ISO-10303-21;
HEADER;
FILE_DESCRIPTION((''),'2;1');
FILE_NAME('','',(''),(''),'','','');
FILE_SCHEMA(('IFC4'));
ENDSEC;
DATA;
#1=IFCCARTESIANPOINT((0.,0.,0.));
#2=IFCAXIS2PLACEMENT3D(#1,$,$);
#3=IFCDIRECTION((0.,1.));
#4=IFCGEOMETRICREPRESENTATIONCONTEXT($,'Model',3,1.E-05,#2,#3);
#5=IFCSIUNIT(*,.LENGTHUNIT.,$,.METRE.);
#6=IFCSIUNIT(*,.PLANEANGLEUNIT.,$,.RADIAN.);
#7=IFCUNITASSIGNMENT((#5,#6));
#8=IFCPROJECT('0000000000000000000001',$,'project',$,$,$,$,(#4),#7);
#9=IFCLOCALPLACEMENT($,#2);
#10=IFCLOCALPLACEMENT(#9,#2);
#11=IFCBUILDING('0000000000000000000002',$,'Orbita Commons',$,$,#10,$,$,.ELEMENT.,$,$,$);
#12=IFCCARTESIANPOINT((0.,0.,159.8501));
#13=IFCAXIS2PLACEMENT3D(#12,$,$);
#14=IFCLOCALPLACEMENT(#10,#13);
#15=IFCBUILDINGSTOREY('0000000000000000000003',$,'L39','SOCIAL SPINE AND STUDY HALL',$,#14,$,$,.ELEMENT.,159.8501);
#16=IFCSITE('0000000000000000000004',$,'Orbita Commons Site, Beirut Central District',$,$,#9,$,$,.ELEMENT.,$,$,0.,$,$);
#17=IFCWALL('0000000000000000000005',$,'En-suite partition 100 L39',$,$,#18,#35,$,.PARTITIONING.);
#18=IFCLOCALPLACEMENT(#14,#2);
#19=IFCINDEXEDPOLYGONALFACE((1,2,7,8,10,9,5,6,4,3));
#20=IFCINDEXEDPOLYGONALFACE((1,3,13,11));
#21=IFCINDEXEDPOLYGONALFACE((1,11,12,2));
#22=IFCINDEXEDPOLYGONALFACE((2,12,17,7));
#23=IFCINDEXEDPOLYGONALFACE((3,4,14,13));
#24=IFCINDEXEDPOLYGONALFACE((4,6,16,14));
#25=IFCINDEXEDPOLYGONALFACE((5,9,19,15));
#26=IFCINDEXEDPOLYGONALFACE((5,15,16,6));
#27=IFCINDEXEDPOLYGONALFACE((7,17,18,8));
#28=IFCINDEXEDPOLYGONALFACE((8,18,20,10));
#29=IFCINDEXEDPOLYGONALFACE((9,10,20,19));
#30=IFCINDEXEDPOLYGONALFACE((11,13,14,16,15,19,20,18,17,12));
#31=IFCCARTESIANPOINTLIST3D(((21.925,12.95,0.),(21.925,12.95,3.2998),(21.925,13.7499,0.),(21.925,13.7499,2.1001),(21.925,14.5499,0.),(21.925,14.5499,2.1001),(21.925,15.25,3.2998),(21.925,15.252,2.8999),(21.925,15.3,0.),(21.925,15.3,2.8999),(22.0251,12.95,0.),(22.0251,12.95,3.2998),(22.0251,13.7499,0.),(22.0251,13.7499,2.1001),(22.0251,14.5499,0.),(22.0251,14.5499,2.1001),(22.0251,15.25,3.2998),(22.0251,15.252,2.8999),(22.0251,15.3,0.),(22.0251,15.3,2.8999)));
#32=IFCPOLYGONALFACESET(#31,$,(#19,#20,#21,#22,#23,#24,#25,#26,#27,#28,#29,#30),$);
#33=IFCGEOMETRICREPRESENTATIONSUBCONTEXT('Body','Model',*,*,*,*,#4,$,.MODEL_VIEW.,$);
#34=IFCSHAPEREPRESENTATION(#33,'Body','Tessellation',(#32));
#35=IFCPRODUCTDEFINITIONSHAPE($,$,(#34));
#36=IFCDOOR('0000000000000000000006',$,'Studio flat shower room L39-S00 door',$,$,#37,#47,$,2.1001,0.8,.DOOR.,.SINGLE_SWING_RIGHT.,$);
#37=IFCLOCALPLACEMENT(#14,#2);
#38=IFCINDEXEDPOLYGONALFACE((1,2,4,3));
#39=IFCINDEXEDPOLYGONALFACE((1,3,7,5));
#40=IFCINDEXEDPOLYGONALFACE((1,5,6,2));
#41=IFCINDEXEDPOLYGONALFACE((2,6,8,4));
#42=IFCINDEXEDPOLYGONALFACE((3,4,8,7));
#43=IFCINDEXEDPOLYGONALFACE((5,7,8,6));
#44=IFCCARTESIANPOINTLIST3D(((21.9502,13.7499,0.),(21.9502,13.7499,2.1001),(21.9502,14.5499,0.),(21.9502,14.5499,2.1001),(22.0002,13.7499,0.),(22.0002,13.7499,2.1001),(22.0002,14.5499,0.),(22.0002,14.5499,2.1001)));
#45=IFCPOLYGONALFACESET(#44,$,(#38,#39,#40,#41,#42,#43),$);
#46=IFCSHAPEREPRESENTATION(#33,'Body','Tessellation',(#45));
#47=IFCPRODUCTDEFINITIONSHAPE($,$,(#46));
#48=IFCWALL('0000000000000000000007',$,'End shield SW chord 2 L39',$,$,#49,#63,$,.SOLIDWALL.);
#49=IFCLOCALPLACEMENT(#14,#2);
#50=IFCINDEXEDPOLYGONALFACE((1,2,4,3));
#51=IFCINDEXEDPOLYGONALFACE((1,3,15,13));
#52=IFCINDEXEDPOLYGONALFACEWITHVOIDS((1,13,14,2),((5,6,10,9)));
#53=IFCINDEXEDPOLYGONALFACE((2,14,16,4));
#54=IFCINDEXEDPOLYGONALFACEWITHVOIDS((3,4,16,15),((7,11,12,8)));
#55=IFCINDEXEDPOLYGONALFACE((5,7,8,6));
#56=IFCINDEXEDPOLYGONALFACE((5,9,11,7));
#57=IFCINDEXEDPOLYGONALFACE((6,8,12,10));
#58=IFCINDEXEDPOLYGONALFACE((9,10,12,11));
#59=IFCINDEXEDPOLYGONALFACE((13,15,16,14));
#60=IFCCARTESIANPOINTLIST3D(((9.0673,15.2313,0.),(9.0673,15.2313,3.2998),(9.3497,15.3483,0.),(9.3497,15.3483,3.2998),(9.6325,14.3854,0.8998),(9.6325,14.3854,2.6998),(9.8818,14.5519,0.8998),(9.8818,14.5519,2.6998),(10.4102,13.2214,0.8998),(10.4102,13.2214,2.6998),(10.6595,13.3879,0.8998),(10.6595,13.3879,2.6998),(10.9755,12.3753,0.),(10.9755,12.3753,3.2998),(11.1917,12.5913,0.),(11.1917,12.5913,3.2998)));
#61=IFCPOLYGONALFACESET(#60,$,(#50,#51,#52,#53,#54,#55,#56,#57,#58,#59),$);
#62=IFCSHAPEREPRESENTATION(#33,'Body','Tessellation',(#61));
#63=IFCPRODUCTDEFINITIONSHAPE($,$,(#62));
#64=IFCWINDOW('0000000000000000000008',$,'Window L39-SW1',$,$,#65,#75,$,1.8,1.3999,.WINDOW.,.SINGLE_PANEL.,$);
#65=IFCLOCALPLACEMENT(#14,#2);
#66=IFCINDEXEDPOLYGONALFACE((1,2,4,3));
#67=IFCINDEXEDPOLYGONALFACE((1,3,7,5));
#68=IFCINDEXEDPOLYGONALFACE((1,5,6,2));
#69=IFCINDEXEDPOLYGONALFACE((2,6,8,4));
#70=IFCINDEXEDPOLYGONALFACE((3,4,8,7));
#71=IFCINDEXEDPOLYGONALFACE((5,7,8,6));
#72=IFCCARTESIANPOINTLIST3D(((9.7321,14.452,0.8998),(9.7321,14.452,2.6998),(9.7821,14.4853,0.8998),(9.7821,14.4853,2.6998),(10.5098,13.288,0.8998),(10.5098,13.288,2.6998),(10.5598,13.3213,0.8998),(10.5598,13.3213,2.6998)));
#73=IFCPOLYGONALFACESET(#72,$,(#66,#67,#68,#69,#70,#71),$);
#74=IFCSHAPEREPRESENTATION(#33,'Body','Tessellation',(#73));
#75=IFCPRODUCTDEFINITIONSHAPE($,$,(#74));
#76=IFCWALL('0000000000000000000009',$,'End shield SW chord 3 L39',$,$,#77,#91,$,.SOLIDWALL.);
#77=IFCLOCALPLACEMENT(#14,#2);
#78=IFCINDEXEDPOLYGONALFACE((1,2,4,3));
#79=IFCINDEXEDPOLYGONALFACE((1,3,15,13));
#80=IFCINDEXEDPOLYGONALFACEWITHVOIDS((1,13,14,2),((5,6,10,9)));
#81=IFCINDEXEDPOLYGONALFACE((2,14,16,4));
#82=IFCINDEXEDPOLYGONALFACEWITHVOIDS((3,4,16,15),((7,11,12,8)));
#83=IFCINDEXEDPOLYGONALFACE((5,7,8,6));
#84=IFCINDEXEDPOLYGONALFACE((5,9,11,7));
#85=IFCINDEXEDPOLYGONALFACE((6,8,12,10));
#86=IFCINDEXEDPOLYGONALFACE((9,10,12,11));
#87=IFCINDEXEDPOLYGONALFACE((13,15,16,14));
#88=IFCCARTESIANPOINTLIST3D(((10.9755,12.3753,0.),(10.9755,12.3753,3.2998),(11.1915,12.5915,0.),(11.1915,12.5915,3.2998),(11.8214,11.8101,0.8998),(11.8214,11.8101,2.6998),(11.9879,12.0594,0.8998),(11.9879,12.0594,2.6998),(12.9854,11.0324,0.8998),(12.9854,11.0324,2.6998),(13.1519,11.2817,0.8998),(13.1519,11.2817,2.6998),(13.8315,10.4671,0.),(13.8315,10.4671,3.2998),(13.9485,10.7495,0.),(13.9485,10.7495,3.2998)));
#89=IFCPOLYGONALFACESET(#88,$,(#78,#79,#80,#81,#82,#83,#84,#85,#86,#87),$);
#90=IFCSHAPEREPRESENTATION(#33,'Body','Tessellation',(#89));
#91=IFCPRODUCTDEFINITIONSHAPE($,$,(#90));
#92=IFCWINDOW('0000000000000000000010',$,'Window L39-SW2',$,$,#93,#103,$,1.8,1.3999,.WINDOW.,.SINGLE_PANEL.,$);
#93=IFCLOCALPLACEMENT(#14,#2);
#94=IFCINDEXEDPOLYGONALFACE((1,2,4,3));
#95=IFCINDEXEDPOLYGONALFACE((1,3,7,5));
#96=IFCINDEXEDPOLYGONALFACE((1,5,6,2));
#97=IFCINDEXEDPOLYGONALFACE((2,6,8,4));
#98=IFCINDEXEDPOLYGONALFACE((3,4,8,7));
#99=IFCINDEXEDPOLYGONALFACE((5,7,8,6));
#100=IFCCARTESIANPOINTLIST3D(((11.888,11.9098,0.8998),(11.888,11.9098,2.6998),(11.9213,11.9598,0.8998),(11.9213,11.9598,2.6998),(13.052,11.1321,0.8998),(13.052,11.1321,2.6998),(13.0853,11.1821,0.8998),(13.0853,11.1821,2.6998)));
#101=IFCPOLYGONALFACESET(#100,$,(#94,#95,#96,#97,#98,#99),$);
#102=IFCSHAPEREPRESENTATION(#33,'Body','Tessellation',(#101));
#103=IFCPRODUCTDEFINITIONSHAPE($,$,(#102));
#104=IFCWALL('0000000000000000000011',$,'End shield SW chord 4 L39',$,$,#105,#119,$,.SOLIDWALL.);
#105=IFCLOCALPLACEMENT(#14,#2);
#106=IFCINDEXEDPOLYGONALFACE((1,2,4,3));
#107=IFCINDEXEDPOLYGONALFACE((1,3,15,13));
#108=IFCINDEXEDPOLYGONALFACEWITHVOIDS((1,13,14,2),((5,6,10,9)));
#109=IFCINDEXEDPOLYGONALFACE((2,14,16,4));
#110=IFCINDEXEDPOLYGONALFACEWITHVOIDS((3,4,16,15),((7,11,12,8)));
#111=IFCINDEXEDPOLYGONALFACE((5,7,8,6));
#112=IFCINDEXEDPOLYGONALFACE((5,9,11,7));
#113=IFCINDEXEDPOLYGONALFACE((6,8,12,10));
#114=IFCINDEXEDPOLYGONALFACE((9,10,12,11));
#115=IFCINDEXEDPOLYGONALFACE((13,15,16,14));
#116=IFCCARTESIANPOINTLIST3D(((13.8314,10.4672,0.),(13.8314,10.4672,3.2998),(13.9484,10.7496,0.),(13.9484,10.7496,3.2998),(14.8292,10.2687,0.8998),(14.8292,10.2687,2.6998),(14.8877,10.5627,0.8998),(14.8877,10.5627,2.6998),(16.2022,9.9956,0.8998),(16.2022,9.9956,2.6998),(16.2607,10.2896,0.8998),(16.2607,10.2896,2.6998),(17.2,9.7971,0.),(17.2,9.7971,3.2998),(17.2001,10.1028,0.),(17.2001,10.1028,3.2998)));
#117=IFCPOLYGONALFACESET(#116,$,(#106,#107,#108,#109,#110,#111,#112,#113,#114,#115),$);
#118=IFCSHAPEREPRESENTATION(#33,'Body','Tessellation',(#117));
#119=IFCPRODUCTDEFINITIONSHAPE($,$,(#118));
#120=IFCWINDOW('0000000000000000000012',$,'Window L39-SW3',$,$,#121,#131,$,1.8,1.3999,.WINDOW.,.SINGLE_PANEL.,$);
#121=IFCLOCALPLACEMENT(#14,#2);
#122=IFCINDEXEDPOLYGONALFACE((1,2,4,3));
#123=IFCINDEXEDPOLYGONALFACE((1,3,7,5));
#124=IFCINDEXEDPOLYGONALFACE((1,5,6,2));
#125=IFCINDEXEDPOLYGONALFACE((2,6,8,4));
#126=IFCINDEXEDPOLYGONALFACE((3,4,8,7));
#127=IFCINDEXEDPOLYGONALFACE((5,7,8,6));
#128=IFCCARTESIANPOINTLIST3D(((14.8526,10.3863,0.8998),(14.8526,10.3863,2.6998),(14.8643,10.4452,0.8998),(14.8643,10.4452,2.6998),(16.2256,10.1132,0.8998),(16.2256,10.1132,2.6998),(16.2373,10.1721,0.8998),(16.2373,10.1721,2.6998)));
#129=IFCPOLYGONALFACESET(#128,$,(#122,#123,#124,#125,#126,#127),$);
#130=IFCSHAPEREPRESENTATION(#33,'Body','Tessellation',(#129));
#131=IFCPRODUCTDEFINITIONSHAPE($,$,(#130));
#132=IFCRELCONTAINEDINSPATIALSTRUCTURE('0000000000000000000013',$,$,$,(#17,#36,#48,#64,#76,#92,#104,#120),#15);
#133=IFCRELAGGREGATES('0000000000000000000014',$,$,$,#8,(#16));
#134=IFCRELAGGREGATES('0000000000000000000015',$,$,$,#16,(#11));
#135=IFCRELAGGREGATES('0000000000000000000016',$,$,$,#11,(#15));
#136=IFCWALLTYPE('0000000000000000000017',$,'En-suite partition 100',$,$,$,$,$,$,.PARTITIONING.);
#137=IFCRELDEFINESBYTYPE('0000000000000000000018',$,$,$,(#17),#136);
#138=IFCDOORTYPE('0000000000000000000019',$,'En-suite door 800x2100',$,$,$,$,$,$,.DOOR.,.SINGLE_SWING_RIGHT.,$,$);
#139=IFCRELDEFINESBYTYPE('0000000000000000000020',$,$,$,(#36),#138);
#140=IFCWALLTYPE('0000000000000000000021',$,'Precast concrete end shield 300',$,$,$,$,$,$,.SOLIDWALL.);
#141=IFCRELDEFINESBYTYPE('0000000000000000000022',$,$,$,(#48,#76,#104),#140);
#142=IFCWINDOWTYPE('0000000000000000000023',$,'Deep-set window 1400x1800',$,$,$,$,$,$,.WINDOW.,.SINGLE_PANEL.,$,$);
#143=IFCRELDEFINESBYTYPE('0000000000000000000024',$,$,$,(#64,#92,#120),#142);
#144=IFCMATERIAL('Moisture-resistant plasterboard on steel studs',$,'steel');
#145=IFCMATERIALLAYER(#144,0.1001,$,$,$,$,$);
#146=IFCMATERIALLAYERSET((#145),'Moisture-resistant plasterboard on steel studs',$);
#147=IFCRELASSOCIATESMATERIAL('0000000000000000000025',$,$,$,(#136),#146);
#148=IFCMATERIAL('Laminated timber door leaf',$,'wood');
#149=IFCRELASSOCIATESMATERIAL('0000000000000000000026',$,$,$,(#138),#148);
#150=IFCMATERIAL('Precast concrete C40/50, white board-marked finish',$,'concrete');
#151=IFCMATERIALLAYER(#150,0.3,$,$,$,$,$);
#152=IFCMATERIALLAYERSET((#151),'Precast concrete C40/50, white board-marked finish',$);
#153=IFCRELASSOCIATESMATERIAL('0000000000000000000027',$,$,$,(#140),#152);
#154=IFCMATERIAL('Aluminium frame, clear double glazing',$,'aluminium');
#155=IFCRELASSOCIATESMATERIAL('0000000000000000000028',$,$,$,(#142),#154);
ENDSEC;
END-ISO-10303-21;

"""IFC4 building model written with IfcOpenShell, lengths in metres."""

from ifc_helpers import new_model, si_unit, direction, frame, frame_2d, origin, place, context, subcontext, project, spatial, polyline, rectangle, outline, extrude, material, layer, layer_set, type_object, element, fill, save


model = new_model("IFC4")

# Units and contexts
model_context = context("Model", 3, precision=1e-05, world=origin(), true_north=direction((0.0, 1.0)))
body_context = subcontext(model_context, "Body", "Model", "MODEL_VIEW")
ifc_project = project(units=[si_unit("LENGTHUNIT", "METRE"), si_unit("PLANEANGLEUNIT", "RADIAN")], contexts=[model_context])

# Site, building, storey
site_placement = place(None, origin())
site = spatial("IfcSite", under=ifc_project, at=site_placement, Name="Orbita Commons Site, Beirut Central District", CompositionType="ELEMENT", RefElevation=0.0)
building_placement = place(site_placement, origin())
building = spatial("IfcBuilding", under=site, at=building_placement, Name="Orbita Commons", CompositionType="ELEMENT")
storey_placement = place(building_placement, frame((0.0, 0.0, 159.8501)))
storey = spatial("IfcBuildingStorey", under=building, at=storey_placement, Name="L39", Description="SOCIAL SPINE AND STUDY HALL", CompositionType="ELEMENT", Elevation=159.8501)

# Shared definitions
ifc_material_1 = material(Name="Moisture-resistant plasterboard on steel studs", Category="steel")
ifc_layer_1 = layer(ifc_material_1, 0.1001)
ifc_layer_set_1 = layer_set([ifc_layer_1], Name="Moisture-resistant plasterboard on steel studs")
wall_type_1 = type_object("IfcWallType", Name="En-suite partition 100", PredefinedType="PARTITIONING", material=ifc_layer_set_1)
ifc_material_2 = material(Name="Laminated timber door leaf", Category="wood")
door_type_1 = type_object("IfcDoorType", Name="En-suite door 800x2100", OperationType="SINGLE_SWING_RIGHT", PredefinedType="DOOR", material=ifc_material_2)

# Wall, opening, door
wall_1_placement = place(storey_placement, frame((21.9751, 12.95, 0.0), z_axis=(0.0, 0.0, 1.0), x_axis=(0.0, 1.0, 0.0)))
wall_1 = element("IfcWall", 1, at=wall_1_placement, inside=storey, type_object=wall_type_1, Name="En-suite partition 100 L39", PredefinedType="PARTITIONING", context=body_context, shape_type="SweptSolid", body=[
    extrude(outline(polyline([(0.0, 0.0), (2.3501, 0.0), (2.3501, 2.8999), (2.302, 2.8999), (2.3, 3.2998), (0.0, 3.2998), (0.0, 0.0)])), frame((0.0, 0.05, 0.0), z_axis=(0.0, -1.0, 0.0), x_axis=(1.0, 0.0, 0.0)), (0.0, 0.0, 1.0), 0.1001),
])
opening_1_placement = place(wall_1_placement, frame((0.8, 0.0, 0.0)))
opening_1 = element("IfcOpeningElement", 2, at=opening_1_placement, cuts=wall_1, PredefinedType="OPENING", context=body_context, shape_type="SweptSolid", body=[
    extrude(rectangle(XDim=0.8, YDim=2.1001, at=frame_2d((0.3999, 1.05))), frame((0.0, 0.0601, 0.0), z_axis=(0.0, -1.0, 0.0), x_axis=(1.0, 0.0, 0.0)), (0.0, 0.0, 1.0), 0.1201),
])
door_1_placement = place(opening_1_placement, origin())
door_1 = element("IfcDoor", 3, at=door_1_placement, inside=storey, type_object=door_type_1, Name="Studio flat shower room L39-S00 door", OperationType="SINGLE_SWING_RIGHT", OverallHeight=2.1001, OverallWidth=0.8, PredefinedType="DOOR", context=body_context, shape_type="SweptSolid", body=[
    extrude(rectangle(XDim=0.8, YDim=2.1001, at=frame_2d((0.3999, 1.05))), frame((0.0, 0.0249, 0.0), z_axis=(0.0, -1.0, 0.0), x_axis=(1.0, 0.0, 0.0)), (0.0, 0.0, 1.0), 0.05),
])
fill(opening_1, door_1)

# Walls, openings, windows
ifc_material_3 = material(Name="Precast concrete C40/50, white board-marked finish", Category="concrete")
ifc_layer_2 = layer(ifc_material_3, 0.3)
ifc_layer_set_2 = layer_set([ifc_layer_2], Name="Precast concrete C40/50, white board-marked finish")
wall_type_2 = type_object("IfcWallType", Name="Precast concrete end shield 300", PredefinedType="SOLIDWALL", material=ifc_layer_set_2)
wall_2_placement = place(storey_placement, frame((9.2085, 15.2898, 0.0), z_axis=(0.0, 0.0, 1.0), x_axis=(0.555535, -0.831493, 0.0)))
wall_2 = element("IfcWall", 4, at=wall_2_placement, inside=storey, type_object=wall_type_2, Name="End shield SW chord 2 L39", PredefinedType="SOLIDWALL", context=body_context, shape_type="SweptSolid", body=[
    extrude(outline(polyline([(-0.0298, -0.1499), (3.405, -0.1499), (3.3455, 0.1499), (0.0298, 0.1499), (-0.0298, -0.1499)])), origin(), (0.0, 0.0, 1.0), 3.2998),
])
opening_2_placement = place(wall_2_placement, frame((0.9875, 0.0, 0.8999)))
opening_2 = element("IfcOpeningElement", 5, at=opening_2_placement, cuts=wall_2, PredefinedType="OPENING", context=body_context, shape_type="SweptSolid", body=[
    extrude(rectangle(XDim=1.3999, YDim=1.8, at=frame_2d((0.7, 0.8999))), frame((0.0, 0.1599, 0.0), z_axis=(0.0, -1.0, 0.0), x_axis=(1.0, 0.0, 0.0)), (0.0, 0.0, 1.0), 0.3201),
])
ifc_material_4 = material(Name="Aluminium frame, clear double glazing", Category="aluminium")
window_type = type_object("IfcWindowType", Name="Deep-set window 1400x1800", PartitioningType="SINGLE_PANEL", PredefinedType="WINDOW", material=ifc_material_4)
window_1_placement = place(opening_2_placement, origin())
window_1 = element("IfcWindow", 6, at=window_1_placement, inside=storey, type_object=window_type, Name="Window L39-SW1", OverallHeight=1.8, OverallWidth=1.3999, PartitioningType="SINGLE_PANEL", PredefinedType="WINDOW", context=body_context, shape_type="SweptSolid", body=[
    extrude(rectangle(XDim=1.3999, YDim=1.8, at=frame_2d((0.7, 0.8999))), frame((0.0, 0.03, 0.0), z_axis=(0.0, -1.0, 0.0), x_axis=(1.0, 0.0, 0.0)), (0.0, 0.0, 1.0), 0.0601),
])
fill(opening_2, window_1)
wall_3_placement = place(storey_placement, frame((11.0835, 12.4834, 0.0), z_axis=(0.0, 0.0, 1.0), x_axis=(0.831493, -0.555535, 0.0)))
wall_3 = element("IfcWall", 7, at=wall_3_placement, inside=storey, type_object=wall_type_2, Name="End shield SW chord 3 L39", PredefinedType="SOLIDWALL", context=body_context, shape_type="SweptSolid", body=[
    extrude(outline(polyline([(-0.0298, -0.1499), (3.405, -0.1499), (3.3455, 0.1499), (0.0298, 0.1499), (-0.0298, -0.1499)])), origin(), (0.0, 0.0, 1.0), 3.2998),
])
opening_3_placement = place(wall_3_placement, frame((0.9875, 0.0, 0.8999)))
opening_3 = element("IfcOpeningElement", 8, at=opening_3_placement, cuts=wall_3, PredefinedType="OPENING", context=body_context, shape_type="SweptSolid", body=[
    extrude(rectangle(XDim=1.3999, YDim=1.8, at=frame_2d((0.7, 0.8999))), frame((0.0, 0.1599, 0.0), z_axis=(0.0, -1.0, 0.0), x_axis=(1.0, 0.0, 0.0)), (0.0, 0.0, 1.0), 0.3201),
])
window_2_placement = place(opening_3_placement, origin())
window_2 = element("IfcWindow", 9, at=window_2_placement, inside=storey, type_object=window_type, Name="Window L39-SW2", OverallHeight=1.8, OverallWidth=1.3999, PartitioningType="SINGLE_PANEL", PredefinedType="WINDOW", context=body_context, shape_type="SweptSolid", body=[
    extrude(rectangle(XDim=1.3999, YDim=1.8, at=frame_2d((0.7, 0.8999))), frame((0.0, 0.03, 0.0), z_axis=(0.0, -1.0, 0.0), x_axis=(1.0, 0.0, 0.0)), (0.0, 0.0, 1.0), 0.0601),
])
fill(opening_3, window_2)
wall_4_placement = place(storey_placement, frame((13.8899, 10.6084, 0.0), z_axis=(0.0, 0.0, 1.0), x_axis=(0.980783, -0.1951, 0.0)))
wall_4 = element("IfcWall", 10, at=wall_4_placement, inside=storey, type_object=wall_type_2, Name="End shield SW chord 4 L39", PredefinedType="SOLIDWALL", context=body_context, shape_type="SweptSolid", body=[
    extrude(outline(polyline([(-0.0298, -0.1499), (3.4048, -0.1499), (3.3452, 0.1499), (0.0298, 0.1499), (-0.0298, -0.1499)])), origin(), (0.0, 0.0, 1.0), 3.2998),
])
opening_4_placement = place(wall_4_placement, frame((0.9875, 0.0, 0.8999)))
opening_4 = element("IfcOpeningElement", 11, at=opening_4_placement, cuts=wall_4, PredefinedType="OPENING", context=body_context, shape_type="SweptSolid", body=[
    extrude(rectangle(XDim=1.3999, YDim=1.8, at=frame_2d((0.7, 0.8999))), frame((0.0, 0.1599, 0.0), z_axis=(0.0, -1.0, 0.0), x_axis=(1.0, 0.0, 0.0)), (0.0, 0.0, 1.0), 0.3201),
])
window_3_placement = place(opening_4_placement, origin())
window_3 = element("IfcWindow", 12, at=window_3_placement, inside=storey, type_object=window_type, Name="Window L39-SW3", OverallHeight=1.8, OverallWidth=1.3999, PartitioningType="SINGLE_PANEL", PredefinedType="WINDOW", context=body_context, shape_type="SweptSolid", body=[
    extrude(rectangle(XDim=1.3999, YDim=1.8, at=frame_2d((0.7, 0.8999))), frame((0.0, 0.03, 0.0), z_axis=(0.0, -1.0, 0.0), x_axis=(1.0, 0.0, 0.0)), (0.0, 0.0, 1.0), 0.0601),
])
fill(opening_4, window_3)

save(model, "model.ifc")
